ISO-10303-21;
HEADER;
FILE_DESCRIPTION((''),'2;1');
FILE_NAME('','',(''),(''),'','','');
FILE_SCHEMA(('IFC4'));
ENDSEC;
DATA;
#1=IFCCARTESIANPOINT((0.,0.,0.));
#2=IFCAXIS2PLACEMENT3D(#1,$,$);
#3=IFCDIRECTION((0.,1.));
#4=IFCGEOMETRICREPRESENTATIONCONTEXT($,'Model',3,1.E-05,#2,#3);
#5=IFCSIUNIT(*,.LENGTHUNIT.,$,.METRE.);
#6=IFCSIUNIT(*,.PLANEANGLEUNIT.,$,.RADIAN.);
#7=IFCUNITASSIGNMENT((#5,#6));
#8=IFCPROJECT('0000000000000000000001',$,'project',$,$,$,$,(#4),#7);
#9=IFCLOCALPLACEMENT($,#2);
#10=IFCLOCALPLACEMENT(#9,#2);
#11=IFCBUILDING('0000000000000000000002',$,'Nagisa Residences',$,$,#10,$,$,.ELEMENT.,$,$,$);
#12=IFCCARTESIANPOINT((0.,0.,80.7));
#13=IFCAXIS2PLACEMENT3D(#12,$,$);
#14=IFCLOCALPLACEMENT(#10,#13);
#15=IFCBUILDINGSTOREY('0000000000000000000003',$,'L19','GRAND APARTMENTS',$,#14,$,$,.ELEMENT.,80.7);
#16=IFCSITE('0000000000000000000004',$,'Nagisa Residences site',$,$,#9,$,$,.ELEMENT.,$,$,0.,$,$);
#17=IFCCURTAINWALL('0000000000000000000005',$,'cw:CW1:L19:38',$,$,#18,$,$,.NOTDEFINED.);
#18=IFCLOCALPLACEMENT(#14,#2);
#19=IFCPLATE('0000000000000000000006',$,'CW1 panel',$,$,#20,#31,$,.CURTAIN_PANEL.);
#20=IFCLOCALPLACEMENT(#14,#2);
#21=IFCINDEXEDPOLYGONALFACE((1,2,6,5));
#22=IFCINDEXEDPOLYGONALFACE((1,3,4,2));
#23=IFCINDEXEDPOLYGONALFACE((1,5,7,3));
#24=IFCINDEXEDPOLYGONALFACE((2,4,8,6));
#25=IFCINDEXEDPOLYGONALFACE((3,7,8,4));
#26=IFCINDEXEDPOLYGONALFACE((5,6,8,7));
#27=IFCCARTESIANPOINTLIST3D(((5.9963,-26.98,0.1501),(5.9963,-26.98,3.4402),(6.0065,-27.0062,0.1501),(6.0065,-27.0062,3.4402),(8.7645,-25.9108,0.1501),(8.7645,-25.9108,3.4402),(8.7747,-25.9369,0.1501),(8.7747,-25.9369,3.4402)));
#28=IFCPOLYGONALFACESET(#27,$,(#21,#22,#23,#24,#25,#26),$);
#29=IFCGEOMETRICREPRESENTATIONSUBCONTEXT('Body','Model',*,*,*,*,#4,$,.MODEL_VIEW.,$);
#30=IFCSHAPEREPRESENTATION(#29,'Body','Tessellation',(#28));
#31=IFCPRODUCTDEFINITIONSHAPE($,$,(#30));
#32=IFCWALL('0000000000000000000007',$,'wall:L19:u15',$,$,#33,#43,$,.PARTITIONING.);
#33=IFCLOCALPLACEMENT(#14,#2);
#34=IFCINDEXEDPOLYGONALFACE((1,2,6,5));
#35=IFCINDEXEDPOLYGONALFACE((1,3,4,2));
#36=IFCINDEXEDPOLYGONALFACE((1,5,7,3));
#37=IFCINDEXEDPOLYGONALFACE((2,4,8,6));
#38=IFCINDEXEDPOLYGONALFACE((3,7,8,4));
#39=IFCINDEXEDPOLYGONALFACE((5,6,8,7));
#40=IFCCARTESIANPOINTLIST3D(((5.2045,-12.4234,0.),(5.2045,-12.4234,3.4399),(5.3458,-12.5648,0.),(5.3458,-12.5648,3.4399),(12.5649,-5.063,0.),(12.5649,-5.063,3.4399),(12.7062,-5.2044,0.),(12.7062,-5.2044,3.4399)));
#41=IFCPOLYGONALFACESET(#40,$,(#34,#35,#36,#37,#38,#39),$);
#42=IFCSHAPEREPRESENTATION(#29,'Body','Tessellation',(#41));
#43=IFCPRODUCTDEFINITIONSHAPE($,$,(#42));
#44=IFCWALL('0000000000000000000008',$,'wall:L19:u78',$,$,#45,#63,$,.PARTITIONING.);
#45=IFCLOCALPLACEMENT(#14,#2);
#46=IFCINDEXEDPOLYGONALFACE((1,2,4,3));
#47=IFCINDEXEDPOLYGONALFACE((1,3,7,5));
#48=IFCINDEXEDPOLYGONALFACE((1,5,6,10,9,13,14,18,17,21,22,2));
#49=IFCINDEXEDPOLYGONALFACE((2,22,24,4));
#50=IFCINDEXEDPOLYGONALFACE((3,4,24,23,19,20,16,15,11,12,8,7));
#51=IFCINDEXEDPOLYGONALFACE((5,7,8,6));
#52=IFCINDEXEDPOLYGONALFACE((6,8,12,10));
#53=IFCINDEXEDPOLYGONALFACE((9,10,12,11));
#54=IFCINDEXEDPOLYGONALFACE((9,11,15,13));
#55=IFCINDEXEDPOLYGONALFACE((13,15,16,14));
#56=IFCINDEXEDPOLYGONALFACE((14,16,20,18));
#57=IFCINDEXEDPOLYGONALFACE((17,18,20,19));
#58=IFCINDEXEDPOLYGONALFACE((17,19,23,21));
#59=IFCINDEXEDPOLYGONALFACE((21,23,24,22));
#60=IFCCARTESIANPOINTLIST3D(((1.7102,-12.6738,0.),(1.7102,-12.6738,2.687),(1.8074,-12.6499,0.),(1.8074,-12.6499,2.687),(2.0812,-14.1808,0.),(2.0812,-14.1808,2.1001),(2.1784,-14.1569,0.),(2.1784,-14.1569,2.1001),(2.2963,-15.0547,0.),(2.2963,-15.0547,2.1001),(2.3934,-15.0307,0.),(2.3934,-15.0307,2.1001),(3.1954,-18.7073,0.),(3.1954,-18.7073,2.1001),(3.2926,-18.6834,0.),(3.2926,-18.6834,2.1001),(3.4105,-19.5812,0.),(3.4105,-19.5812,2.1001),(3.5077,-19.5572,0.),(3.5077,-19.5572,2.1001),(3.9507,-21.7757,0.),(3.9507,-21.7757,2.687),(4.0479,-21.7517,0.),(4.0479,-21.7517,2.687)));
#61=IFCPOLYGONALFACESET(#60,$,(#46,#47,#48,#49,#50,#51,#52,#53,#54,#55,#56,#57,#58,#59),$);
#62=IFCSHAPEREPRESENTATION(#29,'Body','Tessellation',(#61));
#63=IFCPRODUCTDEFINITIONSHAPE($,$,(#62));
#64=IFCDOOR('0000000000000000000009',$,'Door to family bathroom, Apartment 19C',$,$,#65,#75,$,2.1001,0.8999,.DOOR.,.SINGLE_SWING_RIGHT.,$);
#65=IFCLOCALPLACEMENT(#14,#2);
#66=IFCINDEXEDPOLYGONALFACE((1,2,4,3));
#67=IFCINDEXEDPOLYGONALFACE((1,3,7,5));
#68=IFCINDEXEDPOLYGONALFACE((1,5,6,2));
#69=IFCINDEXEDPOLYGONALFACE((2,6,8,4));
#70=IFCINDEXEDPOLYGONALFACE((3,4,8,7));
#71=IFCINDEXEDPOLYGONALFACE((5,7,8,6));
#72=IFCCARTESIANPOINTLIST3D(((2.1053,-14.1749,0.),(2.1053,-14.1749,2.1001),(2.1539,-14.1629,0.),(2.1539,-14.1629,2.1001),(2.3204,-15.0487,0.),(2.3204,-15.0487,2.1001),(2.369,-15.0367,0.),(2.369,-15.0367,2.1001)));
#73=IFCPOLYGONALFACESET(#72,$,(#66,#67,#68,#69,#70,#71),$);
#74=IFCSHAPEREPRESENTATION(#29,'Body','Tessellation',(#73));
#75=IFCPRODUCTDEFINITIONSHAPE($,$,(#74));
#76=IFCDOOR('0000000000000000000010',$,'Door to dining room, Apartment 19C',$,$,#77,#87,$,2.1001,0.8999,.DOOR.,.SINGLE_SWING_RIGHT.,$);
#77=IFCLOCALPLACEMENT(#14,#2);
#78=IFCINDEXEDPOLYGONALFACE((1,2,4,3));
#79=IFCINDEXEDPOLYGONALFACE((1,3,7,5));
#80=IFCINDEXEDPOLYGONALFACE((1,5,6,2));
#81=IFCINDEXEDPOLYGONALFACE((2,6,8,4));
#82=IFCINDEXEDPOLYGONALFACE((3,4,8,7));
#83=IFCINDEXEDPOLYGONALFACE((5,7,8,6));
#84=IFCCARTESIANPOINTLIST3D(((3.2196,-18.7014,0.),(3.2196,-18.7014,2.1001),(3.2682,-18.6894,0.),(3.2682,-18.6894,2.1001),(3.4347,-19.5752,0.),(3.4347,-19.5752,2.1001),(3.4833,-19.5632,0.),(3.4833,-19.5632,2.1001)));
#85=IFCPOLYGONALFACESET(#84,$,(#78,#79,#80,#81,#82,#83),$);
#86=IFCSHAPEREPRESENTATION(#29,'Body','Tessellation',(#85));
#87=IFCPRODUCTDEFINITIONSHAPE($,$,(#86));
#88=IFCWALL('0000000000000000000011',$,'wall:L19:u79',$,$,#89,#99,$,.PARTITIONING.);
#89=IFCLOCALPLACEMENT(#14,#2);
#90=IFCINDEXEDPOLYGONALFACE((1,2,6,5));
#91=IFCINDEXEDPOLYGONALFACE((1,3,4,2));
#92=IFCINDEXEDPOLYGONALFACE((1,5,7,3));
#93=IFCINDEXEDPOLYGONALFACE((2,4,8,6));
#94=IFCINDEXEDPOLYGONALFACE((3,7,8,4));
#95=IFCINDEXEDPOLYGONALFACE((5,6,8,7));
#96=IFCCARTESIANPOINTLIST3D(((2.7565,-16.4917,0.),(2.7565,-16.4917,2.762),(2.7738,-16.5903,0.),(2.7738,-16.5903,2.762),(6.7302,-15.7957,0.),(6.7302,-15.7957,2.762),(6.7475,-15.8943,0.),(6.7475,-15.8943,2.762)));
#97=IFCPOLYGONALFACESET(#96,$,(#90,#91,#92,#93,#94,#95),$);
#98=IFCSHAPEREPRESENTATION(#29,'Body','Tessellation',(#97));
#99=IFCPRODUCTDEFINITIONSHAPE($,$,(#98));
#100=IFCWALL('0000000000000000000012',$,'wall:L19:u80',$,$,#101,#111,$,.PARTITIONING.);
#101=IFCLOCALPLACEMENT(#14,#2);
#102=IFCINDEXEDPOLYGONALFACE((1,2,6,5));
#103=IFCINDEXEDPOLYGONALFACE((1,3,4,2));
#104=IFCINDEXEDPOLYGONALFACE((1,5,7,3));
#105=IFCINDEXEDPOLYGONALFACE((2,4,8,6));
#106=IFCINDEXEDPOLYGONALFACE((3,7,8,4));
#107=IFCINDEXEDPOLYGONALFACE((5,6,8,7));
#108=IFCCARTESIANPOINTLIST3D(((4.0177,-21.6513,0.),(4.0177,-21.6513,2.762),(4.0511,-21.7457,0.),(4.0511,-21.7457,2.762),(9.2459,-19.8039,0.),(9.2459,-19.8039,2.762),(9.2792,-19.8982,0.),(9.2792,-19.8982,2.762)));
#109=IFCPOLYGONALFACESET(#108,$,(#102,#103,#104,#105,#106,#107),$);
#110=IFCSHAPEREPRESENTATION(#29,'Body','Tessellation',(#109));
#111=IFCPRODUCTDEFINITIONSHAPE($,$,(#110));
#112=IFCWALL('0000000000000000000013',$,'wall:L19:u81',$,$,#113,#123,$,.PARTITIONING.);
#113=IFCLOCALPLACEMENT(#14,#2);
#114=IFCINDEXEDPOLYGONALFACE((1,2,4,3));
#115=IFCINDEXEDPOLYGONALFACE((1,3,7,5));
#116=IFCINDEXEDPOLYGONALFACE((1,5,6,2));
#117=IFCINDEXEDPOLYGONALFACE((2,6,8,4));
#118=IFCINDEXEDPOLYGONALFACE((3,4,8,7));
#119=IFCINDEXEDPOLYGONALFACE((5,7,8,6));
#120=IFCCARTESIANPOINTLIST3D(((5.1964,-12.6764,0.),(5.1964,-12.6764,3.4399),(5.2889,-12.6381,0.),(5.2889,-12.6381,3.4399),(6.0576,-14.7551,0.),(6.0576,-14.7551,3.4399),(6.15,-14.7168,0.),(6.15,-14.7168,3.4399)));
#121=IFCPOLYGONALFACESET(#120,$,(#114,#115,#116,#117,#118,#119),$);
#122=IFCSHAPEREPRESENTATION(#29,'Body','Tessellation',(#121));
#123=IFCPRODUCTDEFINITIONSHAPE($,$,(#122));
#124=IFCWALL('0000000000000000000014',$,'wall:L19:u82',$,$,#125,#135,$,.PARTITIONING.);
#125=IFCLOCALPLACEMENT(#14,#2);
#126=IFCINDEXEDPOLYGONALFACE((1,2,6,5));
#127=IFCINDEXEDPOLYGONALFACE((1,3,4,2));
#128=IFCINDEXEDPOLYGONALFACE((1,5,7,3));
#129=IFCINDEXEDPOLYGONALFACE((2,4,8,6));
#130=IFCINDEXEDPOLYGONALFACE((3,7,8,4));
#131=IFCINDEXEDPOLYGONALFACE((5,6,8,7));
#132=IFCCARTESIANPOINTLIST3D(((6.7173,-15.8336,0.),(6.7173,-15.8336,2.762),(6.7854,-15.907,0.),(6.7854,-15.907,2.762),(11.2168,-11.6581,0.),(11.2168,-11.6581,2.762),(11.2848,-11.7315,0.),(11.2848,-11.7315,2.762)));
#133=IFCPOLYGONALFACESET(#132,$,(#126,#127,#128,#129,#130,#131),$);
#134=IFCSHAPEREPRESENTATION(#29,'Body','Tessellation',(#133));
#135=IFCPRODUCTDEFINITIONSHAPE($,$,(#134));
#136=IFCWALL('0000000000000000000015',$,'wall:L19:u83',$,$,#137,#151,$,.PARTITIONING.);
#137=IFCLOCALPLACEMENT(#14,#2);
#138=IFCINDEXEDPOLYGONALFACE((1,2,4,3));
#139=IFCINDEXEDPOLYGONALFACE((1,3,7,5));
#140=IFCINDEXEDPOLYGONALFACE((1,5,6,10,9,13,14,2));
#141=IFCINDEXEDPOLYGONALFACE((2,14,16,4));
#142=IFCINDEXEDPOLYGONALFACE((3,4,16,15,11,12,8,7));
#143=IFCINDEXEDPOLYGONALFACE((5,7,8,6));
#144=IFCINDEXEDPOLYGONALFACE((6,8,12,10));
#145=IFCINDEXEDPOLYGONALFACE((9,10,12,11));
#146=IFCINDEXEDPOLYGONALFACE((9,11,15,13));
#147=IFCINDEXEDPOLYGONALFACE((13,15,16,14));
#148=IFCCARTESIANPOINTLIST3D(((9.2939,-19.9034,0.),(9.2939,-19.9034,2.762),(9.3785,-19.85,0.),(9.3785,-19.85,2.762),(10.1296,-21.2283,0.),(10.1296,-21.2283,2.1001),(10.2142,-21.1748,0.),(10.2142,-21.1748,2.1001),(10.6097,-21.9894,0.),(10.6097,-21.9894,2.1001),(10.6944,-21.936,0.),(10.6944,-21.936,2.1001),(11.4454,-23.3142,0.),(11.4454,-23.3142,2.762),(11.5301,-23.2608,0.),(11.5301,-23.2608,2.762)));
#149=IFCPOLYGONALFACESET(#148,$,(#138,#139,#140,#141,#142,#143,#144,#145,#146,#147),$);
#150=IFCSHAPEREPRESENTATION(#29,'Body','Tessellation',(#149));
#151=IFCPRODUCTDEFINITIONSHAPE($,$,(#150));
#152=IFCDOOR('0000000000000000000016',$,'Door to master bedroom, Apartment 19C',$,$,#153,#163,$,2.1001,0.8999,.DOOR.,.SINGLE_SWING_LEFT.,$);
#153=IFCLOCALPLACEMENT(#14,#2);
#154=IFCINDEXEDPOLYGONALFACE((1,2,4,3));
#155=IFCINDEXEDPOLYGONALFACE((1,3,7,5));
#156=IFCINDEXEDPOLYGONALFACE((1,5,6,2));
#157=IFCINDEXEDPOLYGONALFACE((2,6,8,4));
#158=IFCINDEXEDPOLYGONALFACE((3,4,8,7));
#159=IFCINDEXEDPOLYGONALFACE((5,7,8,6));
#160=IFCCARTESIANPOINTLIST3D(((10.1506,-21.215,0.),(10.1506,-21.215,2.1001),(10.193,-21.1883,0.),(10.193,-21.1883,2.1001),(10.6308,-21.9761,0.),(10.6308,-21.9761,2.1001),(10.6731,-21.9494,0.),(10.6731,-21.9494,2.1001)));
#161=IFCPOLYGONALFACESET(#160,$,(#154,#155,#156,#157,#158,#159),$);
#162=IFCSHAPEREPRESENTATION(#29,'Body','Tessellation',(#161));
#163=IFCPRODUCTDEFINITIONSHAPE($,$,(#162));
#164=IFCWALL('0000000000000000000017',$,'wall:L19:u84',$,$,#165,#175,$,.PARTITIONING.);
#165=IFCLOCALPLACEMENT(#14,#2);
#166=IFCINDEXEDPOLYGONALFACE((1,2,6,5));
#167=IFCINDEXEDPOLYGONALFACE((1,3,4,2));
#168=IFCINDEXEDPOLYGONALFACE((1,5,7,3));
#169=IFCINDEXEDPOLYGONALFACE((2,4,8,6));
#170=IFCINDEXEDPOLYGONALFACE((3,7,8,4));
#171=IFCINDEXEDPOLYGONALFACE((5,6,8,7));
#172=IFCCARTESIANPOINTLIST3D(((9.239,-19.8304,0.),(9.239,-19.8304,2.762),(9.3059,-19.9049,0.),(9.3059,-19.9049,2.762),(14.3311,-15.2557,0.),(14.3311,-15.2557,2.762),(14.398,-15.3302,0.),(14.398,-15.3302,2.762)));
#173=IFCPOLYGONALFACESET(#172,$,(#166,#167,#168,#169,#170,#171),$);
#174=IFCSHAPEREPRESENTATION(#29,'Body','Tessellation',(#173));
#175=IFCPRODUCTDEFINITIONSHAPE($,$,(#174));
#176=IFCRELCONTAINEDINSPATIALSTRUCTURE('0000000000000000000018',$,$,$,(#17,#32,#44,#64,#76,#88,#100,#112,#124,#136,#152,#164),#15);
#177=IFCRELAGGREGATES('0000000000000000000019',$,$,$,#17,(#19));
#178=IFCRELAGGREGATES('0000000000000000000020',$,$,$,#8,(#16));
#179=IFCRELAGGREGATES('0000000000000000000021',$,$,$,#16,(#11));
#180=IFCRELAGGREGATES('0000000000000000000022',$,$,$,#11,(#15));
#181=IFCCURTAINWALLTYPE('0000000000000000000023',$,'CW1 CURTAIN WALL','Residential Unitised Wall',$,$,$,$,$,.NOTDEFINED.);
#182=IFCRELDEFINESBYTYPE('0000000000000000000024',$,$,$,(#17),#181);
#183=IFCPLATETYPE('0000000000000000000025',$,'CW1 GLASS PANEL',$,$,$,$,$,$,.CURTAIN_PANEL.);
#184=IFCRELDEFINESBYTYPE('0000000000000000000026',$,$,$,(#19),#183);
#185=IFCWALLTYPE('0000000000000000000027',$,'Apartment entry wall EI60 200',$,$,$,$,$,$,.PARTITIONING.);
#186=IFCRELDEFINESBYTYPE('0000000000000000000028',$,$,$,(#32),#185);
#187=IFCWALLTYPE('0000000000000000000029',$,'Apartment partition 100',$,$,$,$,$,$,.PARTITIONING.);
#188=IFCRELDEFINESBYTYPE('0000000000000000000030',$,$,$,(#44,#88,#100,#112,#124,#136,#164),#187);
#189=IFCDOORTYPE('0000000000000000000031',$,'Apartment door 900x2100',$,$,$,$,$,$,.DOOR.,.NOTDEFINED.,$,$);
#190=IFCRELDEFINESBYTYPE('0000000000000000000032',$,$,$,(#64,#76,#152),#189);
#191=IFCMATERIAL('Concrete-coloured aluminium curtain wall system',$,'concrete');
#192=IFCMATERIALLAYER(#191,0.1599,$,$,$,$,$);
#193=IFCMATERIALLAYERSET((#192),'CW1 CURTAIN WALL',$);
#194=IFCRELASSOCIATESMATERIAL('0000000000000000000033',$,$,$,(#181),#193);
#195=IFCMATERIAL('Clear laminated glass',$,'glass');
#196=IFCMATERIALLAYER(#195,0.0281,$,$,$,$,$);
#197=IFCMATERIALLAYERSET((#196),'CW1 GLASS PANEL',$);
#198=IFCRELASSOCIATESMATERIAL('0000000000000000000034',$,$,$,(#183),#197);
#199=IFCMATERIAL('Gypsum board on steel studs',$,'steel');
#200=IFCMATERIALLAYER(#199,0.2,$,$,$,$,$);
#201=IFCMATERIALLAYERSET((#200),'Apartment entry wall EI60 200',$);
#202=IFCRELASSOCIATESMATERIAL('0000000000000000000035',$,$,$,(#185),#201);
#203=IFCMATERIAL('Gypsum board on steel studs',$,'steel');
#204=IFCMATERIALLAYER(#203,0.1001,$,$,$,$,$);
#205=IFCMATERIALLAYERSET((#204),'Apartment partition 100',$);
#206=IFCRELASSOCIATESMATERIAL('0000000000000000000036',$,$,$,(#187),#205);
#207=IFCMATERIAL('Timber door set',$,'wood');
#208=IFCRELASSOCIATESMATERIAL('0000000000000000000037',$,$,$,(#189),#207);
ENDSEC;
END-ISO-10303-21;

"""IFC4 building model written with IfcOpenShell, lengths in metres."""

from ifc_helpers import new_model, si_unit, direction, frame, frame_2d, origin, origin_2d, place, context, subcontext, project, spatial, rectangle, extrude, material, layer, layer_set, type_object, element, fill, aggregate, save


model = new_model("IFC4")

# Units and contexts
model_context = context("Model", 3, precision=1e-05, world=origin(), true_north=direction((0.0, 1.0)))
body_context = subcontext(model_context, "Body", "Model", "MODEL_VIEW")
ifc_project = project(units=[si_unit("LENGTHUNIT", "METRE"), si_unit("PLANEANGLEUNIT", "RADIAN")], contexts=[model_context])

# Site, building, storey
site_placement = place(None, origin())
site = spatial("IfcSite", under=ifc_project, at=site_placement, Name="Nagisa Residences site", CompositionType="ELEMENT", RefElevation=0.0)
building_placement = place(site_placement, origin())
building = spatial("IfcBuilding", under=site, at=building_placement, Name="Nagisa Residences", CompositionType="ELEMENT")
storey_placement = place(building_placement, frame((0.0, 0.0, 80.7)))
storey = spatial("IfcBuildingStorey", under=building, at=storey_placement, Name="L19", Description="GRAND APARTMENTS", CompositionType="ELEMENT", Elevation=80.7)

# Curtain wall
ifc_material_1 = material(Name="Concrete-coloured aluminium curtain wall system", Category="concrete")
ifc_layer_1 = layer(ifc_material_1, 0.1599)
ifc_layer_set_1 = layer_set([ifc_layer_1], Name="CW1 CURTAIN WALL")
curtain_wall_type = type_object("IfcCurtainWallType", Name="CW1 CURTAIN WALL", Description="Residential Unitised Wall", PredefinedType="NOTDEFINED", material=ifc_layer_set_1)
curtain_wall_1_placement = place(storey_placement, origin())
curtain_wall_1 = element("IfcCurtainWall", 1, at=curtain_wall_1_placement, inside=storey, type_object=curtain_wall_type, Name="cw:CW1:L19:38", PredefinedType="NOTDEFINED")

# Shared definitions
ifc_material_2 = material(Name="Clear laminated glass", Category="glass")
ifc_layer_2 = layer(ifc_material_2, 0.0281)
ifc_layer_set_2 = layer_set([ifc_layer_2], Name="CW1 GLASS PANEL")
plate_type = type_object("IfcPlateType", Name="CW1 GLASS PANEL", PredefinedType="CURTAIN_PANEL", material=ifc_layer_set_2)

# Plate
plate_1_placement = place(storey_placement, frame((7.3855, -26.4585, 0.1501), z_axis=(0.0, 0.0, 1.0), x_axis=(0.932826, 0.360328, 0.0)))
plate_1 = element("IfcPlate", 2, at=plate_1_placement, type_object=plate_type, Name="CW1 panel", PredefinedType="CURTAIN_PANEL", context=body_context, shape_type="SweptSolid", body=[
    extrude(rectangle(XDim=2.9675, YDim=0.0281, at=origin_2d()), origin(), (0.0, 0.0, 1.0), 3.29),
])
aggregate(curtain_wall_1, [plate_1])

# Wall
ifc_material_3 = material(Name="Gypsum board on steel studs", Category="steel")
ifc_layer_3 = layer(ifc_material_3, 0.2)
ifc_layer_set_3 = layer_set([ifc_layer_3], Name="Apartment entry wall EI60 200")
wall_type_1 = type_object("IfcWallType", Name="Apartment entry wall EI60 200", PredefinedType="PARTITIONING", material=ifc_layer_set_3)
wall_1_placement = place(storey_placement, frame((5.2751, -12.4941, 0.0), z_axis=(0.0, 0.0, 1.0), x_axis=(0.707107, 0.707107, 0.0)))
element("IfcWall", 3, at=wall_1_placement, inside=storey, type_object=wall_type_1, Name="wall:L19:u15", PredefinedType="PARTITIONING", context=body_context, shape_type="SweptSolid", body=[
    extrude(rectangle(XDim=10.4092, YDim=0.2, at=frame_2d((5.2046, 0.0))), origin(), (0.0, 0.0, 1.0), 3.4399),
])

# Wall, openings, doors
ifc_material_4 = material(Name="Gypsum board on steel studs", Category="steel")
ifc_layer_4 = layer(ifc_material_4, 0.1001)
ifc_layer_set_4 = layer_set([ifc_layer_4], Name="Apartment partition 100")
wall_type_2 = type_object("IfcWallType", Name="Apartment partition 100", PredefinedType="PARTITIONING", material=ifc_layer_set_4)
wall_2_placement = place(storey_placement, frame((1.7588, -12.6619, 0.0), z_axis=(0.0, 0.0, 1.0), x_axis=(0.239022, -0.971014, 0.0)))
wall_2 = element("IfcWall", 4, at=wall_2_placement, inside=storey, type_object=wall_type_2, Name="wall:L19:u78", PredefinedType="PARTITIONING", context=body_context, shape_type="SweptSolid", body=[
    extrude(rectangle(XDim=9.3735, YDim=0.1001, at=frame_2d((4.6868, 0.0))), origin(), (0.0, 0.0, 1.0), 2.687),
])
opening_1_placement = place(wall_2_placement, frame((1.552, 0.0, 0.0)))
opening_1 = element("IfcOpeningElement", 5, at=opening_1_placement, cuts=wall_2, PredefinedType="OPENING", context=body_context, shape_type="SweptSolid", body=[
    extrude(rectangle(XDim=0.8999, YDim=2.1001, at=frame_2d((0.45, 1.05))), frame((0.0, 0.0601, 0.0), z_axis=(0.0, -1.0, 0.0), x_axis=(1.0, 0.0, 0.0)), (0.0, 0.0, 1.0), 0.1201),
])
opening_2_placement = place(wall_2_placement, frame((6.2136, 0.0, 0.0)))
opening_2 = element("IfcOpeningElement", 6, at=opening_2_placement, cuts=wall_2, PredefinedType="OPENING", context=body_context, shape_type="SweptSolid", body=[
    extrude(rectangle(XDim=0.8999, YDim=2.1001, at=frame_2d((0.45, 1.05))), frame((0.0, 0.0601, 0.0), z_axis=(0.0, -1.0, 0.0), x_axis=(1.0, 0.0, 0.0)), (0.0, 0.0, 1.0), 0.1201),
])
ifc_material_5 = material(Name="Timber door set", Category="wood")
door_type_1 = type_object("IfcDoorType", Name="Apartment door 900x2100", OperationType="NOTDEFINED", PredefinedType="DOOR", material=ifc_material_5)
door_1_placement = place(opening_1_placement, origin())
door_1 = element("IfcDoor", 7, at=door_1_placement, inside=storey, type_object=door_type_1, Name="Door to family bathroom, Apartment 19C", OperationType="SINGLE_SWING_RIGHT", OverallHeight=2.1001, OverallWidth=0.8999, PredefinedType="DOOR", context=body_context, shape_type="SweptSolid", body=[
    extrude(rectangle(XDim=0.8999, YDim=2.1001, at=frame_2d((0.45, 1.05))), frame((0.0, 0.0249, 0.0), z_axis=(0.0, -1.0, 0.0), x_axis=(1.0, 0.0, 0.0)), (0.0, 0.0, 1.0), 0.05),
])
fill(opening_1, door_1)
door_2_placement = place(opening_2_placement, origin())
door_2 = element("IfcDoor", 8, at=door_2_placement, inside=storey, type_object=door_type_1, Name="Door to dining room, Apartment 19C", OperationType="SINGLE_SWING_RIGHT", OverallHeight=2.1001, OverallWidth=0.8999, PredefinedType="DOOR", context=body_context, shape_type="SweptSolid", body=[
    extrude(rectangle(XDim=0.8999, YDim=2.1001, at=frame_2d((0.45, 1.05))), frame((0.0, 0.0249, 0.0), z_axis=(0.0, -1.0, 0.0), x_axis=(1.0, 0.0, 0.0)), (0.0, 0.0, 1.0), 0.05),
])
fill(opening_2, door_2)

# Walls
wall_3_placement = place(storey_placement, frame((2.7651, -16.541, 0.0), z_axis=(0.0, 0.0, 1.0), x_axis=(0.985003, 0.172539, 0.0)))
element("IfcWall", 9, at=wall_3_placement, inside=storey, type_object=wall_type_2, Name="wall:L19:u79", PredefinedType="PARTITIONING", context=body_context, shape_type="SweptSolid", body=[
    extrude(rectangle(XDim=4.0342, YDim=0.1001, at=frame_2d((2.0171, 0.0))), origin(), (0.0, 0.0, 1.0), 2.762),
])
wall_4_placement = place(storey_placement, frame((4.0344, -21.6985, 0.0), z_axis=(0.0, 0.0, 1.0), x_axis=(0.942864, 0.333177, 0.0)))
element("IfcWall", 10, at=wall_4_placement, inside=storey, type_object=wall_type_2, Name="wall:L19:u80", PredefinedType="PARTITIONING", context=body_context, shape_type="SweptSolid", body=[
    extrude(rectangle(XDim=5.5449, YDim=0.1001, at=frame_2d((2.7725, 0.0))), origin(), (0.0, 0.0, 1.0), 2.762),
])
wall_5_placement = place(storey_placement, frame((5.2427, -12.6572, 0.0), z_axis=(0.0, 0.0, 1.0), x_axis=(0.382719, -0.923865, 0.0)))
element("IfcWall", 11, at=wall_5_placement, inside=storey, type_object=wall_type_2, Name="wall:L19:u81", PredefinedType="PARTITIONING", context=body_context, shape_type="SweptSolid", body=[
    extrude(rectangle(XDim=2.25, YDim=0.1001, at=frame_2d((1.125, 0.0))), origin(), (0.0, 0.0, 1.0), 3.4399),
])
wall_6_placement = place(storey_placement, frame((6.7512, -15.8704, 0.0), z_axis=(0.0, 0.0, 1.0), x_axis=(0.733003, 0.680225, 0.0)))
element("IfcWall", 12, at=wall_6_placement, inside=storey, type_object=wall_type_2, Name="wall:L19:u82", PredefinedType="PARTITIONING", context=body_context, shape_type="SweptSolid", body=[
    extrude(rectangle(XDim=6.1384, YDim=0.1001, at=frame_2d((3.0693, 0.0))), origin(), (0.0, 0.0, 1.0), 2.762),
])

# Wall, opening, door
wall_7_placement = place(storey_placement, frame((9.3362, -19.8767, 0.0), z_axis=(0.0, 0.0, 1.0), x_axis=(0.533526, -0.845784, 0.0)))
wall_7 = element("IfcWall", 13, at=wall_7_placement, inside=storey, type_object=wall_type_2, Name="wall:L19:u83", PredefinedType="PARTITIONING", context=body_context, shape_type="SweptSolid", body=[
    extrude(rectangle(XDim=4.0327, YDim=0.1001, at=frame_2d((2.0164, 0.0))), origin(), (0.0, 0.0, 1.0), 2.762),
])
opening_3_placement = place(wall_7_placement, frame((1.5664, 0.0, 0.0)))
opening_3 = element("IfcOpeningElement", 14, at=opening_3_placement, cuts=wall_7, PredefinedType="OPENING", context=body_context, shape_type="SweptSolid", body=[
    extrude(rectangle(XDim=0.8999, YDim=2.1001, at=frame_2d((0.45, 1.05))), frame((0.0, 0.0601, 0.0), z_axis=(0.0, -1.0, 0.0), x_axis=(1.0, 0.0, 0.0)), (0.0, 0.0, 1.0), 0.1201),
])
door_3_placement = place(opening_3_placement, origin())
door_3 = element("IfcDoor", 15, at=door_3_placement, inside=storey, type_object=door_type_1, Name="Door to master bedroom, Apartment 19C", OperationType="SINGLE_SWING_LEFT", OverallHeight=2.1001, OverallWidth=0.8999, PredefinedType="DOOR", context=body_context, shape_type="SweptSolid", body=[
    extrude(rectangle(XDim=0.8999, YDim=2.1001, at=frame_2d((0.45, 1.05))), frame((0.0, 0.0249, 0.0), z_axis=(0.0, -1.0, 0.0), x_axis=(1.0, 0.0, 0.0)), (0.0, 0.0, 1.0), 0.05),
])
fill(opening_3, door_3)

# Wall
wall_8_placement = place(storey_placement, frame((9.2725, -19.8677, 0.0), z_axis=(0.0, 0.0, 1.0), x_axis=(0.743884, 0.668308, 0.0)))
element("IfcWall", 16, at=wall_8_placement, inside=storey, type_object=wall_type_2, Name="wall:L19:u84", PredefinedType="PARTITIONING", context=body_context, shape_type="SweptSolid", body=[
    extrude(rectangle(XDim=6.8452, YDim=0.1001, at=frame_2d((3.4226, 0.0))), origin(), (0.0, 0.0, 1.0), 2.762),
])

save(model, "model.ifc")
